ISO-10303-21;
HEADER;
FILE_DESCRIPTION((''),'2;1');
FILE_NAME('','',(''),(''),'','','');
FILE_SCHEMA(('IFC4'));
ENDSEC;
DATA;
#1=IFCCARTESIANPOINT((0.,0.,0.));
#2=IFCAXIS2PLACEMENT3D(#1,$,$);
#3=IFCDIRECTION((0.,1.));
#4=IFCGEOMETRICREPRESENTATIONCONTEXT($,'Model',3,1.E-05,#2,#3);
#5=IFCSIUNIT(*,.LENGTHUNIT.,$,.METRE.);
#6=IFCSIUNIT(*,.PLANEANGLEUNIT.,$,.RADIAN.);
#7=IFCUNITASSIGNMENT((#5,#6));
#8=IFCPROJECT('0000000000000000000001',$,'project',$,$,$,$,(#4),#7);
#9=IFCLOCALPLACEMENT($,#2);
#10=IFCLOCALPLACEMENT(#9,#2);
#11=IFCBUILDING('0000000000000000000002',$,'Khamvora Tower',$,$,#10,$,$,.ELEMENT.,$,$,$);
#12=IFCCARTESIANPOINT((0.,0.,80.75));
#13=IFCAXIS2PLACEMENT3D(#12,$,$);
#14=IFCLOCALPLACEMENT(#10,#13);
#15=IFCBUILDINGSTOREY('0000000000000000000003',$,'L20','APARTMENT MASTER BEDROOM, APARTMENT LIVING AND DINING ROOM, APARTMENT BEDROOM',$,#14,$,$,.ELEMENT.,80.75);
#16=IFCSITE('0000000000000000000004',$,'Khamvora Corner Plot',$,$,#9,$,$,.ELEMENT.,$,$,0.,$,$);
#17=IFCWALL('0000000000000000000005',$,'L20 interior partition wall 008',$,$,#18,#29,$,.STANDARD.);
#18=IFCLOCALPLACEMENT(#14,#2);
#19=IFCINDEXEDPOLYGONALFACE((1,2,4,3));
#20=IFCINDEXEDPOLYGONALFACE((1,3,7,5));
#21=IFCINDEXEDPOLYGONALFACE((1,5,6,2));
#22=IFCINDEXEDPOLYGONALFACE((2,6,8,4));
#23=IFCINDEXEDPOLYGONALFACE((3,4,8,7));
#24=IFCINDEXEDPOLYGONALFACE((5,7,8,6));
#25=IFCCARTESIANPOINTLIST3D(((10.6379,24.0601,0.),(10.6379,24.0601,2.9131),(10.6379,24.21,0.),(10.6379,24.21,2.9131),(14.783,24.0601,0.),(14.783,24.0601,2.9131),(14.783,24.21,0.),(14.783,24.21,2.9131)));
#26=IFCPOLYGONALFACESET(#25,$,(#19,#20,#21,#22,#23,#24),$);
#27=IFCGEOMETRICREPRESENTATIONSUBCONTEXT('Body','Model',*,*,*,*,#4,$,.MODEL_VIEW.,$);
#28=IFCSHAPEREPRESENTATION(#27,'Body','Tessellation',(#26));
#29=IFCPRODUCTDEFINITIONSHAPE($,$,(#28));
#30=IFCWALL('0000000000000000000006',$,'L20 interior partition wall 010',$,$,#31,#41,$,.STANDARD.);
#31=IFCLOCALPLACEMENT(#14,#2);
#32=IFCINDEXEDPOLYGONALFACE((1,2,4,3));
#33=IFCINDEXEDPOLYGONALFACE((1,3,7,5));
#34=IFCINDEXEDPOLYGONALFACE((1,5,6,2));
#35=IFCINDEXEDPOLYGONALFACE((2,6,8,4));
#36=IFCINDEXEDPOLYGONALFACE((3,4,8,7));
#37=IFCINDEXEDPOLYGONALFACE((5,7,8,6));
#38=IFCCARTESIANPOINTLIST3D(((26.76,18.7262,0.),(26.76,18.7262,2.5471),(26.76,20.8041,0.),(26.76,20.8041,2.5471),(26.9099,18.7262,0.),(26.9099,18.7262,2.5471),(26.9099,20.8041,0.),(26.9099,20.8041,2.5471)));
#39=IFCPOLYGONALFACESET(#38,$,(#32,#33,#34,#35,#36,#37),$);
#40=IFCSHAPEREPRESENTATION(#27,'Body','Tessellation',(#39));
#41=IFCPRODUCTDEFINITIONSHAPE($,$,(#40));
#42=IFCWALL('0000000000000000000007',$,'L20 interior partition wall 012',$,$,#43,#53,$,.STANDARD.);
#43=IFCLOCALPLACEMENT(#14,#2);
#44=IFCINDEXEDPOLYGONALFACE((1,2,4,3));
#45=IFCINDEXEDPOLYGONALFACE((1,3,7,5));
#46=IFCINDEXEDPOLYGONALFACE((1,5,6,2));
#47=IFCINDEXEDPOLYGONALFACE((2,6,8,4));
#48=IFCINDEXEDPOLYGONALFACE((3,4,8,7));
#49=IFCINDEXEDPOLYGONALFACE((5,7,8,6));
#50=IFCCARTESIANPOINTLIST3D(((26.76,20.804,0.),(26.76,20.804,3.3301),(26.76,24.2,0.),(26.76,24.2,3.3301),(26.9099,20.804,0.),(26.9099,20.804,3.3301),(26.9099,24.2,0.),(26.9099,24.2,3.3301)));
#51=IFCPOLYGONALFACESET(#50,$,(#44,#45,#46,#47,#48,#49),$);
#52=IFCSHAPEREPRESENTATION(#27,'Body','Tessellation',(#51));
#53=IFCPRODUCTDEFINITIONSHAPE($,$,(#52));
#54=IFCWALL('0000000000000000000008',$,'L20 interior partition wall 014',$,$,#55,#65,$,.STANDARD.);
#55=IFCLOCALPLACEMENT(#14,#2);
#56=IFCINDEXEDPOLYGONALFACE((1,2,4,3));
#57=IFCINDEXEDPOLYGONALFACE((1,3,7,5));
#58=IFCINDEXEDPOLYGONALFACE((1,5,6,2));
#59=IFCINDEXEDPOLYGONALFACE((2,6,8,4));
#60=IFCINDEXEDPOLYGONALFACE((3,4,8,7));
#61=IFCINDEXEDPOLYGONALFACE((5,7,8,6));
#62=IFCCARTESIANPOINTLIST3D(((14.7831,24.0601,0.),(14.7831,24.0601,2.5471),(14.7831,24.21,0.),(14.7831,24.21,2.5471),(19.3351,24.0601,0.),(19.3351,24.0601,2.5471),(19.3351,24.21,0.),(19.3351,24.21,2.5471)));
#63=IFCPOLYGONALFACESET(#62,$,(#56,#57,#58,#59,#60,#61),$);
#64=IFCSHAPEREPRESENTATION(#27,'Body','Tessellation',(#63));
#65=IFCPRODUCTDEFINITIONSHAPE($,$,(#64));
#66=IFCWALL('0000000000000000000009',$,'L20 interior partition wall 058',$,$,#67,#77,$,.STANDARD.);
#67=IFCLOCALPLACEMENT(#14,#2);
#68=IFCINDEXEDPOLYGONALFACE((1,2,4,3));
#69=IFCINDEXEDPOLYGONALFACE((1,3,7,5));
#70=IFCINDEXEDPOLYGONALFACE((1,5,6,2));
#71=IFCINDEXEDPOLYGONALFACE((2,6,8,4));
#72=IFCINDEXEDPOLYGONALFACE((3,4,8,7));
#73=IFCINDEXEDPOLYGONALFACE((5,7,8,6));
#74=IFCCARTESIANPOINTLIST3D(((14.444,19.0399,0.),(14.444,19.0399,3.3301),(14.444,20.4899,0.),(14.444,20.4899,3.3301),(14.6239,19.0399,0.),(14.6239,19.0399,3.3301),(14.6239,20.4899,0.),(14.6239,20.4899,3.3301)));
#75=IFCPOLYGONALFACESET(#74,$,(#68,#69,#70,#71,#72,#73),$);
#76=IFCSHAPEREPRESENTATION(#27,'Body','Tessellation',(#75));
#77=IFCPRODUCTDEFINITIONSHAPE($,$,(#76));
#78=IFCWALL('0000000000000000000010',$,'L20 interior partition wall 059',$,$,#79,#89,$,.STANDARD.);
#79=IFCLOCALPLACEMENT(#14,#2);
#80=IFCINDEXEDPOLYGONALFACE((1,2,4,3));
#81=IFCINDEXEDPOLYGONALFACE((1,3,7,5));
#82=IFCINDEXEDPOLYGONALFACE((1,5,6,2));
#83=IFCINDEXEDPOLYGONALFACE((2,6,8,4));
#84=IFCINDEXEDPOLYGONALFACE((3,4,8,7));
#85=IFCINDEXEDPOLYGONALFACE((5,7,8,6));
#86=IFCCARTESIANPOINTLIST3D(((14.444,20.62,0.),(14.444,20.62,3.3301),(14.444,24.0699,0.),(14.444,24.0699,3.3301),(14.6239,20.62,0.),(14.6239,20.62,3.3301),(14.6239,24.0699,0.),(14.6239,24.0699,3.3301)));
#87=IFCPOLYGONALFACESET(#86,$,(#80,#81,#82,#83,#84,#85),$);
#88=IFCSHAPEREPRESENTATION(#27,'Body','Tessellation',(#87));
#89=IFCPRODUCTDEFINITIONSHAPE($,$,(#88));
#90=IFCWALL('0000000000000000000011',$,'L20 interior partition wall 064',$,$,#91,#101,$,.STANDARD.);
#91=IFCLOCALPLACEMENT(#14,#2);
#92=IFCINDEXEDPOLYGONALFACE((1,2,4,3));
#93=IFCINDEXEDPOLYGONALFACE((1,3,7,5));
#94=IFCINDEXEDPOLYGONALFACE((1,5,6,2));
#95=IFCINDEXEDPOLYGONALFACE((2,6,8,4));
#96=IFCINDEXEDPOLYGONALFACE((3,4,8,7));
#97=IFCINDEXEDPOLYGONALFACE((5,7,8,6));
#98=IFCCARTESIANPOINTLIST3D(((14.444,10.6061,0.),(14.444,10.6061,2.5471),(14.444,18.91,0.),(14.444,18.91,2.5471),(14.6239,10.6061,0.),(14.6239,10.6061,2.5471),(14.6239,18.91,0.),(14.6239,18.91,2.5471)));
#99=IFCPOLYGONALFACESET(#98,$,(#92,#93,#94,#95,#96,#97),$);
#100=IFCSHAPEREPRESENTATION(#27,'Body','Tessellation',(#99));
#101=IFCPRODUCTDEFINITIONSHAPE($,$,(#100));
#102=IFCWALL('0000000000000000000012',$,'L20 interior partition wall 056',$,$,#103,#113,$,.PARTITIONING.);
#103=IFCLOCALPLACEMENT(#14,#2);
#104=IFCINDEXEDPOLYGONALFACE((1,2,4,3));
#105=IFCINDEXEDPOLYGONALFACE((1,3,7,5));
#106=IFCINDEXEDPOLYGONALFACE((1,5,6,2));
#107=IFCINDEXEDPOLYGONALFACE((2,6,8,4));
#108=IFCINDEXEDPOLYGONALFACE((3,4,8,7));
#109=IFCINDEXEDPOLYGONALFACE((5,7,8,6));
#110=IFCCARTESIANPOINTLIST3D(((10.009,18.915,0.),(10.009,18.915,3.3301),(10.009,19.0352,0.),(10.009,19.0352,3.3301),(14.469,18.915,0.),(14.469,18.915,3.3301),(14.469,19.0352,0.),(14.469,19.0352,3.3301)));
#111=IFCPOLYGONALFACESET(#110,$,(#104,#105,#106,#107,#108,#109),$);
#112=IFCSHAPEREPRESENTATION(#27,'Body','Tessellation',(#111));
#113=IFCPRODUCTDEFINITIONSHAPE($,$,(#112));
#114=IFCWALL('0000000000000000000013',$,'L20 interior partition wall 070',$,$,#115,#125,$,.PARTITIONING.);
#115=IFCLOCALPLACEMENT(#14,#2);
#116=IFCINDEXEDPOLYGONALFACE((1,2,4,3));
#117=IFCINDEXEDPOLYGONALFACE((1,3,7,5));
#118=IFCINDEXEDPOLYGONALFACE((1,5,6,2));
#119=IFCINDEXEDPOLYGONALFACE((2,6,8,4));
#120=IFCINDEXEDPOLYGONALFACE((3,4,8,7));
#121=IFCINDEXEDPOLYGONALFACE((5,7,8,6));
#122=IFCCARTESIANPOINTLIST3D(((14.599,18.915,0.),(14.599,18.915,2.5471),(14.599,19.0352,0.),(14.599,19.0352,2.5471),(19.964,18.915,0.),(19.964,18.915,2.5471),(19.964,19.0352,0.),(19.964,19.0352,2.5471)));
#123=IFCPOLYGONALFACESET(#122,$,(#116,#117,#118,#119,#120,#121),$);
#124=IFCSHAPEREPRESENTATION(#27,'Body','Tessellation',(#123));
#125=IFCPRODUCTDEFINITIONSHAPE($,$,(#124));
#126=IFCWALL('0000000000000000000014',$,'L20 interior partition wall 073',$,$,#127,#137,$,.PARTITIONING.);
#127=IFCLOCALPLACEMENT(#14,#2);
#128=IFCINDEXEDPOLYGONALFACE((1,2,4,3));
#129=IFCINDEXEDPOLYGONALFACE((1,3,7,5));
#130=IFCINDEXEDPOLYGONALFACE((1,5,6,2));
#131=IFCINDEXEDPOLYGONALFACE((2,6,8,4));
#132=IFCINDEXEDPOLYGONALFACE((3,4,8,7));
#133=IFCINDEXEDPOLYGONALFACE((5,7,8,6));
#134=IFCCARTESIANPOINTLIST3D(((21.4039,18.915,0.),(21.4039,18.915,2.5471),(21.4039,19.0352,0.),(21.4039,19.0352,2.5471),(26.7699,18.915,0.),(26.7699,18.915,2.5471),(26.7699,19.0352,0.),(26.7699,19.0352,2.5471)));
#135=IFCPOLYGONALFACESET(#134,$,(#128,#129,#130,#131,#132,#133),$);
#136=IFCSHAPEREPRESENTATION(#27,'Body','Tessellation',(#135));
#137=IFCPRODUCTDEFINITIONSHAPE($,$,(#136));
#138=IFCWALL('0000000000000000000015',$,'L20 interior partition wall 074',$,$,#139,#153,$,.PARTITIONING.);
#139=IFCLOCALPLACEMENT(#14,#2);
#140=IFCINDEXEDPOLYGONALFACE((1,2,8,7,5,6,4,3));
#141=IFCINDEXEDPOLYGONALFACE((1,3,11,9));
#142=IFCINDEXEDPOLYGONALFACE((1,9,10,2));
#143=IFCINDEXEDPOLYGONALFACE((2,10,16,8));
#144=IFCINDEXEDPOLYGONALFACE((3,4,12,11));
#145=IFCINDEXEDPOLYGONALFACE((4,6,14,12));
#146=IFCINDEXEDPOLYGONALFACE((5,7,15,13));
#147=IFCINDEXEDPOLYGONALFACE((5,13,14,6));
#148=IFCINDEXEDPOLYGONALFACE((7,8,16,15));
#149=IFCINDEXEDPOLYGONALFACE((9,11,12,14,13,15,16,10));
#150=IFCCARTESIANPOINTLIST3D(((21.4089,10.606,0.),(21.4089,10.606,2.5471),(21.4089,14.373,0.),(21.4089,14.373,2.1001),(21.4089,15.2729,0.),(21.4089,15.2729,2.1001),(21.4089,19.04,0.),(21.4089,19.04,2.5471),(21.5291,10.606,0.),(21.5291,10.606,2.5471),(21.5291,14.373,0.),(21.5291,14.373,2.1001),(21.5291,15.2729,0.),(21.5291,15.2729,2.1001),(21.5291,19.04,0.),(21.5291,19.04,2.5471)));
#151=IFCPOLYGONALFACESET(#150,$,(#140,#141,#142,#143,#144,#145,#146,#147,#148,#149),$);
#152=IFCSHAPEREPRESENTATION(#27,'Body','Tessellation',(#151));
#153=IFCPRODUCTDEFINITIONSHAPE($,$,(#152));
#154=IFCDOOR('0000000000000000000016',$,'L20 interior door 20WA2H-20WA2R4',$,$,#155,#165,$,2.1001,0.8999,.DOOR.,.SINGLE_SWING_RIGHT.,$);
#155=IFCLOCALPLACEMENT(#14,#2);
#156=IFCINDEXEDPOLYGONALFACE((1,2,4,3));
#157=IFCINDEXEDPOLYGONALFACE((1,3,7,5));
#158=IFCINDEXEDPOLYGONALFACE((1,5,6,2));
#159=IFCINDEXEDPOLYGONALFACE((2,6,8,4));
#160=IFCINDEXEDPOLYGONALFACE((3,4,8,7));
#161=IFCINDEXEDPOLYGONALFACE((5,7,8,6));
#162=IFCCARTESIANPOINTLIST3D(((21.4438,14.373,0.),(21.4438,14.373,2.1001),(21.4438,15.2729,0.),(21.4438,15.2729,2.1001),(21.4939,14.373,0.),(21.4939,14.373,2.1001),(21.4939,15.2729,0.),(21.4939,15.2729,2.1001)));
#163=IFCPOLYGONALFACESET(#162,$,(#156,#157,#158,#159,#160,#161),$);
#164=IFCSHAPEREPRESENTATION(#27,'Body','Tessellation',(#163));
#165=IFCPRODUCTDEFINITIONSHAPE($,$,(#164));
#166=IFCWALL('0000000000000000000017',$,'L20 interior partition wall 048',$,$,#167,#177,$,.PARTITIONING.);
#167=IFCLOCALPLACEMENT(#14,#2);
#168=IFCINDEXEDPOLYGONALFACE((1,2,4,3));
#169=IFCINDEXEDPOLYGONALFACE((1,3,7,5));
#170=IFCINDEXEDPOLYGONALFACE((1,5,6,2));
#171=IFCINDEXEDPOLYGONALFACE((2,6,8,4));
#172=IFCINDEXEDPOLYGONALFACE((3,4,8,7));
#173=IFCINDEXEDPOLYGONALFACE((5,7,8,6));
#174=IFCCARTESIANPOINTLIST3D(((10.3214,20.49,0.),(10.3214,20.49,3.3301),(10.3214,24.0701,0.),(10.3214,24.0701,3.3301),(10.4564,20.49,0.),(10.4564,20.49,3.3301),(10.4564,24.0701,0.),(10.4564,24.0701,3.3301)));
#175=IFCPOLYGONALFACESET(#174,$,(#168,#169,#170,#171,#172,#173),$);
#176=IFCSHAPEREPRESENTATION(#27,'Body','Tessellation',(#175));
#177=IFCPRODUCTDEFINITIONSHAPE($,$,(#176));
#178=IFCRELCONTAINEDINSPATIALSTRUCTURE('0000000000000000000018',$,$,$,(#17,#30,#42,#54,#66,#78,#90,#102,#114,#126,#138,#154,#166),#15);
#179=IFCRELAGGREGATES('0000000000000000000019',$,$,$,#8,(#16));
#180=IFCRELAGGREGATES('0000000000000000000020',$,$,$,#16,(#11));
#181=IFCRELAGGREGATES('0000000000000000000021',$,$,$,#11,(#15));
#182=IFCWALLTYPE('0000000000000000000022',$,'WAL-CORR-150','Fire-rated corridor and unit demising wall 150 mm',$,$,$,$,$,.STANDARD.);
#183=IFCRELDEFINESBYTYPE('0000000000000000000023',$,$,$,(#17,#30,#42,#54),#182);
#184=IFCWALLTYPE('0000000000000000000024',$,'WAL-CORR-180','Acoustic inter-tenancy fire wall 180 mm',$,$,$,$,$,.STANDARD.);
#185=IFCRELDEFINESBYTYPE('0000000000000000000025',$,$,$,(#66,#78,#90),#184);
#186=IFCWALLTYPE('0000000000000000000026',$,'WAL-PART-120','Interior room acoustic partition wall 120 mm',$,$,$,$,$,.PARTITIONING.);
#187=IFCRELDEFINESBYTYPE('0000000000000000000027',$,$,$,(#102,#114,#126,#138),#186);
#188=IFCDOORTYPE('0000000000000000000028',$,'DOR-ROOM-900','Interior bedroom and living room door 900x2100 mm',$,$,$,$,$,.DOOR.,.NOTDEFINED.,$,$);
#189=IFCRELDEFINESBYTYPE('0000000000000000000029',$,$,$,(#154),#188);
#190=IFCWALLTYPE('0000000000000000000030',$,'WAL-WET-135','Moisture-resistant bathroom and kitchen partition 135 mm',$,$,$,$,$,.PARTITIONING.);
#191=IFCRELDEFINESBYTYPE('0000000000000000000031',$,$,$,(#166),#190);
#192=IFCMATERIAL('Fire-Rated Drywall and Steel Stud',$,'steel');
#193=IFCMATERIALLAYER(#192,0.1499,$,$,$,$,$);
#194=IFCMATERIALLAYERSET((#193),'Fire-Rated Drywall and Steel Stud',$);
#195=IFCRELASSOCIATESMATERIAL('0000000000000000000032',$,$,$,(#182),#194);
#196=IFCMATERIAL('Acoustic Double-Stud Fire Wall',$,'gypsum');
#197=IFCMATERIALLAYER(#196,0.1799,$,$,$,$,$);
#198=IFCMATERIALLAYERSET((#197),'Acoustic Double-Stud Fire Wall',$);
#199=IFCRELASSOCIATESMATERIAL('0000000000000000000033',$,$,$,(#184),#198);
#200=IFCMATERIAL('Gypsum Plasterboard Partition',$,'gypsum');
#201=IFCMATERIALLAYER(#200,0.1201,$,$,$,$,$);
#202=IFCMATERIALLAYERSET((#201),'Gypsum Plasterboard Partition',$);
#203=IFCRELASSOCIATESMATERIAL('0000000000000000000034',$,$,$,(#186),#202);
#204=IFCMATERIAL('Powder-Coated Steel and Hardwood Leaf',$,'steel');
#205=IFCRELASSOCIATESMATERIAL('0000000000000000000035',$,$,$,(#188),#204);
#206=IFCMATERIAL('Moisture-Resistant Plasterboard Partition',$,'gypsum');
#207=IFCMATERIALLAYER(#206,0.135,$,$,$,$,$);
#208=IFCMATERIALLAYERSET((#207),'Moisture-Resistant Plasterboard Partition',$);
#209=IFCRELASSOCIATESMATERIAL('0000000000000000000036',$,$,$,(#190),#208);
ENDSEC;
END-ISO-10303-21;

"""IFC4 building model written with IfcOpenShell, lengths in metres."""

from ifc_helpers import new_model, si_unit, direction, frame, frame_2d, origin, place, context, subcontext, project, spatial, rectangle, extrude, material, layer, layer_set, type_object, element, fill, save


model = new_model("IFC4")

# Units and contexts
model_context = context("Model", 3, precision=1e-05, world=origin(), true_north=direction((0.0, 1.0)))
body_context = subcontext(model_context, "Body", "Model", "MODEL_VIEW")
ifc_project = project(units=[si_unit("LENGTHUNIT", "METRE"), si_unit("PLANEANGLEUNIT", "RADIAN")], contexts=[model_context])

# Site, building, storey
site_placement = place(None, origin())
site = spatial("IfcSite", under=ifc_project, at=site_placement, Name="Khamvora Corner Plot", CompositionType="ELEMENT", RefElevation=0.0)
building_placement = place(site_placement, origin())
building = spatial("IfcBuilding", under=site, at=building_placement, Name="Khamvora Tower", CompositionType="ELEMENT")
storey_placement = place(building_placement, frame((0.0, 0.0, 80.75)))
storey = spatial("IfcBuildingStorey", under=building, at=storey_placement, Name="L20", Description="APARTMENT MASTER BEDROOM, APARTMENT LIVING AND DINING ROOM, APARTMENT BEDROOM", CompositionType="ELEMENT", Elevation=80.75)

# Shared definitions
ifc_material_1 = material(Name="Fire-Rated Drywall and Steel Stud", Category="steel")
ifc_layer_1 = layer(ifc_material_1, 0.1499)
ifc_layer_set_1 = layer_set([ifc_layer_1], Name="Fire-Rated Drywall and Steel Stud")
wall_type_1 = type_object("IfcWallType", Name="WAL-CORR-150", Description="Fire-rated corridor and unit demising wall 150 mm", PredefinedType="STANDARD", material=ifc_layer_set_1)
ifc_material_2 = material(Name="Powder-Coated Steel and Hardwood Leaf", Category="steel")

# Walls
wall_1_placement = place(storey_placement, frame((14.783, 24.135, 0.0), z_axis=(0.0, 0.0, 1.0), x_axis=(-1.0, 0.0, 0.0)))
element("IfcWall", 1, at=wall_1_placement, inside=storey, type_object=wall_type_1, Name="L20 interior partition wall 008", PredefinedType="STANDARD", context=body_context, shape_type="SweptSolid", body=[
    extrude(rectangle(XDim=4.145, YDim=0.1499, at=frame_2d((2.0725, 0.0))), origin(), (0.0, 0.0, 1.0), 2.9131),
])
wall_2_placement = place(storey_placement, frame((26.835, 18.7261, 0.0), z_axis=(0.0, 0.0, 1.0), x_axis=(0.0, 1.0, 0.0)))
element("IfcWall", 2, at=wall_2_placement, inside=storey, type_object=wall_type_1, Name="L20 interior partition wall 010", PredefinedType="STANDARD", context=body_context, shape_type="SweptSolid", body=[
    extrude(rectangle(XDim=2.0779, YDim=0.1499, at=frame_2d((1.0391, 0.0))), origin(), (0.0, 0.0, 1.0), 2.5471),
])

# Walls
wall_3_placement = place(storey_placement, frame((26.835, 20.804, 0.0), z_axis=(0.0, 0.0, 1.0), x_axis=(0.0, 1.0, 0.0)))
element("IfcWall", 3, at=wall_3_placement, inside=storey, type_object=wall_type_1, Name="L20 interior partition wall 012", PredefinedType="STANDARD", context=body_context, shape_type="SweptSolid", body=[
    extrude(rectangle(XDim=3.396, YDim=0.1499, at=frame_2d((1.698, 0.0))), origin(), (0.0, 0.0, 1.0), 3.3301),
])
wall_4_placement = place(storey_placement, frame((19.335, 24.135, 0.0), z_axis=(0.0, 0.0, 1.0), x_axis=(-1.0, 0.0, 0.0)))
element("IfcWall", 4, at=wall_4_placement, inside=storey, type_object=wall_type_1, Name="L20 interior partition wall 014", PredefinedType="STANDARD", context=body_context, shape_type="SweptSolid", body=[
    extrude(rectangle(XDim=4.552, YDim=0.1499, at=frame_2d((2.2759, 0.0))), origin(), (0.0, 0.0, 1.0), 2.5471),
])
ifc_material_3 = material(Name="Acoustic Double-Stud Fire Wall", Category="gypsum")
ifc_layer_2 = layer(ifc_material_3, 0.1799)
ifc_layer_set_2 = layer_set([ifc_layer_2], Name="Acoustic Double-Stud Fire Wall")
wall_type_2 = type_object("IfcWallType", Name="WAL-CORR-180", Description="Acoustic inter-tenancy fire wall 180 mm", PredefinedType="STANDARD", material=ifc_layer_set_2)
wall_5_placement = place(storey_placement, frame((14.5339, 20.49, 0.0), z_axis=(0.0, 0.0, 1.0), x_axis=(0.0, -1.0, 0.0)))
element("IfcWall", 5, at=wall_5_placement, inside=storey, type_object=wall_type_2, Name="L20 interior partition wall 058", PredefinedType="STANDARD", context=body_context, shape_type="SweptSolid", body=[
    extrude(rectangle(XDim=1.45, YDim=0.1799, at=frame_2d((0.7251, 0.0))), origin(), (0.0, 0.0, 1.0), 3.3301),
])
wall_6_placement = place(storey_placement, frame((14.5339, 24.0701, 0.0), z_axis=(0.0, 0.0, 1.0), x_axis=(0.0, -1.0, 0.0)))
element("IfcWall", 6, at=wall_6_placement, inside=storey, type_object=wall_type_2, Name="L20 interior partition wall 059", PredefinedType="STANDARD", context=body_context, shape_type="SweptSolid", body=[
    extrude(rectangle(XDim=3.45, YDim=0.1799, at=frame_2d((1.7251, 0.0))), origin(), (0.0, 0.0, 1.0), 3.3301),
])
wall_7_placement = place(storey_placement, frame((14.5339, 18.9099, 0.0), z_axis=(0.0, 0.0, 1.0), x_axis=(0.0, -1.0, 0.0)))
element("IfcWall", 7, at=wall_7_placement, inside=storey, type_object=wall_type_2, Name="L20 interior partition wall 064", PredefinedType="STANDARD", context=body_context, shape_type="SweptSolid", body=[
    extrude(rectangle(XDim=8.304, YDim=0.1799, at=frame_2d((4.1519, 0.0))), origin(), (0.0, 0.0, 1.0), 2.5471),
])
ifc_material_4 = material(Name="Gypsum Plasterboard Partition", Category="gypsum")
ifc_layer_3 = layer(ifc_material_4, 0.1201)
ifc_layer_set_3 = layer_set([ifc_layer_3], Name="Gypsum Plasterboard Partition")
wall_type_3 = type_object("IfcWallType", Name="WAL-PART-120", Description="Interior room acoustic partition wall 120 mm", PredefinedType="PARTITIONING", material=ifc_layer_set_3)
wall_8_placement = place(storey_placement, frame((14.469, 18.9751, 0.0), z_axis=(0.0, 0.0, 1.0), x_axis=(-1.0, 0.0, 0.0)))
element("IfcWall", 8, at=wall_8_placement, inside=storey, type_object=wall_type_3, Name="L20 interior partition wall 056", PredefinedType="PARTITIONING", context=body_context, shape_type="SweptSolid", body=[
    extrude(rectangle(XDim=4.46, YDim=0.1201, at=frame_2d((2.23, 0.0))), origin(), (0.0, 0.0, 1.0), 3.3301),
])
wall_9_placement = place(storey_placement, frame((19.9641, 18.9751, 0.0), z_axis=(0.0, 0.0, 1.0), x_axis=(-1.0, 0.0, 0.0)))
element("IfcWall", 9, at=wall_9_placement, inside=storey, type_object=wall_type_3, Name="L20 interior partition wall 070", PredefinedType="PARTITIONING", context=body_context, shape_type="SweptSolid", body=[
    extrude(rectangle(XDim=5.365, YDim=0.1201, at=frame_2d((2.6826, 0.0))), origin(), (0.0, 0.0, 1.0), 2.5471),
])
wall_10_placement = place(storey_placement, frame((26.77, 18.9751, 0.0), z_axis=(0.0, 0.0, 1.0), x_axis=(-1.0, 0.0, 0.0)))
element("IfcWall", 10, at=wall_10_placement, inside=storey, type_object=wall_type_3, Name="L20 interior partition wall 073", PredefinedType="PARTITIONING", context=body_context, shape_type="SweptSolid", body=[
    extrude(rectangle(XDim=5.366, YDim=0.1201, at=frame_2d((2.6831, 0.0))), origin(), (0.0, 0.0, 1.0), 2.5471),
])

# Wall, opening, door
wall_11_placement = place(storey_placement, frame((21.469, 19.04, 0.0), z_axis=(0.0, 0.0, 1.0), x_axis=(0.0, -1.0, 0.0)))
wall_11 = element("IfcWall", 11, at=wall_11_placement, inside=storey, type_object=wall_type_3, Name="L20 interior partition wall 074", PredefinedType="PARTITIONING", context=body_context, shape_type="SweptSolid", body=[
    extrude(rectangle(XDim=8.4341, YDim=0.1201, at=frame_2d((4.217, 0.0))), origin(), (0.0, 0.0, 1.0), 2.5471),
])
opening_1_placement = place(wall_11_placement, frame((3.7671, 0.0, 0.0)))
opening_1 = element("IfcOpeningElement", 12, at=opening_1_placement, cuts=wall_11, PredefinedType="OPENING", context=body_context, shape_type="SweptSolid", body=[
    extrude(rectangle(XDim=0.8999, YDim=2.1001, at=frame_2d((0.45, 1.05))), frame((0.0, 0.0701, 0.0), z_axis=(0.0, -1.0, 0.0), x_axis=(1.0, 0.0, 0.0)), (0.0, 0.0, 1.0), 0.1401),
])
door_type_1 = type_object("IfcDoorType", Name="DOR-ROOM-900", Description="Interior bedroom and living room door 900x2100 mm", OperationType="NOTDEFINED", PredefinedType="DOOR", material=ifc_material_2)
door_1_placement = place(opening_1_placement, origin())
door_1 = element("IfcDoor", 13, at=door_1_placement, inside=storey, type_object=door_type_1, Name="L20 interior door 20WA2H-20WA2R4", OperationType="SINGLE_SWING_RIGHT", OverallHeight=2.1001, OverallWidth=0.8999, PredefinedType="DOOR", context=body_context, shape_type="SweptSolid", body=[
    extrude(rectangle(XDim=0.8999, YDim=2.1001, at=frame_2d((0.45, 1.05))), frame((0.0, 0.0249, 0.0), z_axis=(0.0, -1.0, 0.0), x_axis=(1.0, 0.0, 0.0)), (0.0, 0.0, 1.0), 0.05),
])
fill(opening_1, door_1)

# Wall
ifc_material_5 = material(Name="Moisture-Resistant Plasterboard Partition", Category="gypsum")
ifc_layer_4 = layer(ifc_material_5, 0.135)
ifc_layer_set_4 = layer_set([ifc_layer_4], Name="Moisture-Resistant Plasterboard Partition")
wall_type_4 = type_object("IfcWallType", Name="WAL-WET-135", Description="Moisture-resistant bathroom and kitchen partition 135 mm", PredefinedType="PARTITIONING", material=ifc_layer_set_4)
wall_12_placement = place(storey_placement, frame((10.3889, 24.0701, 0.0), z_axis=(0.0, 0.0, 1.0), x_axis=(0.0, -1.0, 0.0)))
element("IfcWall", 14, at=wall_12_placement, inside=storey, type_object=wall_type_4, Name="L20 interior partition wall 048", PredefinedType="PARTITIONING", context=body_context, shape_type="SweptSolid", body=[
    extrude(rectangle(XDim=3.5801, YDim=0.135, at=frame_2d((1.79, 0.0))), origin(), (0.0, 0.0, 1.0), 3.3301),
])

save(model, "model.ifc")
